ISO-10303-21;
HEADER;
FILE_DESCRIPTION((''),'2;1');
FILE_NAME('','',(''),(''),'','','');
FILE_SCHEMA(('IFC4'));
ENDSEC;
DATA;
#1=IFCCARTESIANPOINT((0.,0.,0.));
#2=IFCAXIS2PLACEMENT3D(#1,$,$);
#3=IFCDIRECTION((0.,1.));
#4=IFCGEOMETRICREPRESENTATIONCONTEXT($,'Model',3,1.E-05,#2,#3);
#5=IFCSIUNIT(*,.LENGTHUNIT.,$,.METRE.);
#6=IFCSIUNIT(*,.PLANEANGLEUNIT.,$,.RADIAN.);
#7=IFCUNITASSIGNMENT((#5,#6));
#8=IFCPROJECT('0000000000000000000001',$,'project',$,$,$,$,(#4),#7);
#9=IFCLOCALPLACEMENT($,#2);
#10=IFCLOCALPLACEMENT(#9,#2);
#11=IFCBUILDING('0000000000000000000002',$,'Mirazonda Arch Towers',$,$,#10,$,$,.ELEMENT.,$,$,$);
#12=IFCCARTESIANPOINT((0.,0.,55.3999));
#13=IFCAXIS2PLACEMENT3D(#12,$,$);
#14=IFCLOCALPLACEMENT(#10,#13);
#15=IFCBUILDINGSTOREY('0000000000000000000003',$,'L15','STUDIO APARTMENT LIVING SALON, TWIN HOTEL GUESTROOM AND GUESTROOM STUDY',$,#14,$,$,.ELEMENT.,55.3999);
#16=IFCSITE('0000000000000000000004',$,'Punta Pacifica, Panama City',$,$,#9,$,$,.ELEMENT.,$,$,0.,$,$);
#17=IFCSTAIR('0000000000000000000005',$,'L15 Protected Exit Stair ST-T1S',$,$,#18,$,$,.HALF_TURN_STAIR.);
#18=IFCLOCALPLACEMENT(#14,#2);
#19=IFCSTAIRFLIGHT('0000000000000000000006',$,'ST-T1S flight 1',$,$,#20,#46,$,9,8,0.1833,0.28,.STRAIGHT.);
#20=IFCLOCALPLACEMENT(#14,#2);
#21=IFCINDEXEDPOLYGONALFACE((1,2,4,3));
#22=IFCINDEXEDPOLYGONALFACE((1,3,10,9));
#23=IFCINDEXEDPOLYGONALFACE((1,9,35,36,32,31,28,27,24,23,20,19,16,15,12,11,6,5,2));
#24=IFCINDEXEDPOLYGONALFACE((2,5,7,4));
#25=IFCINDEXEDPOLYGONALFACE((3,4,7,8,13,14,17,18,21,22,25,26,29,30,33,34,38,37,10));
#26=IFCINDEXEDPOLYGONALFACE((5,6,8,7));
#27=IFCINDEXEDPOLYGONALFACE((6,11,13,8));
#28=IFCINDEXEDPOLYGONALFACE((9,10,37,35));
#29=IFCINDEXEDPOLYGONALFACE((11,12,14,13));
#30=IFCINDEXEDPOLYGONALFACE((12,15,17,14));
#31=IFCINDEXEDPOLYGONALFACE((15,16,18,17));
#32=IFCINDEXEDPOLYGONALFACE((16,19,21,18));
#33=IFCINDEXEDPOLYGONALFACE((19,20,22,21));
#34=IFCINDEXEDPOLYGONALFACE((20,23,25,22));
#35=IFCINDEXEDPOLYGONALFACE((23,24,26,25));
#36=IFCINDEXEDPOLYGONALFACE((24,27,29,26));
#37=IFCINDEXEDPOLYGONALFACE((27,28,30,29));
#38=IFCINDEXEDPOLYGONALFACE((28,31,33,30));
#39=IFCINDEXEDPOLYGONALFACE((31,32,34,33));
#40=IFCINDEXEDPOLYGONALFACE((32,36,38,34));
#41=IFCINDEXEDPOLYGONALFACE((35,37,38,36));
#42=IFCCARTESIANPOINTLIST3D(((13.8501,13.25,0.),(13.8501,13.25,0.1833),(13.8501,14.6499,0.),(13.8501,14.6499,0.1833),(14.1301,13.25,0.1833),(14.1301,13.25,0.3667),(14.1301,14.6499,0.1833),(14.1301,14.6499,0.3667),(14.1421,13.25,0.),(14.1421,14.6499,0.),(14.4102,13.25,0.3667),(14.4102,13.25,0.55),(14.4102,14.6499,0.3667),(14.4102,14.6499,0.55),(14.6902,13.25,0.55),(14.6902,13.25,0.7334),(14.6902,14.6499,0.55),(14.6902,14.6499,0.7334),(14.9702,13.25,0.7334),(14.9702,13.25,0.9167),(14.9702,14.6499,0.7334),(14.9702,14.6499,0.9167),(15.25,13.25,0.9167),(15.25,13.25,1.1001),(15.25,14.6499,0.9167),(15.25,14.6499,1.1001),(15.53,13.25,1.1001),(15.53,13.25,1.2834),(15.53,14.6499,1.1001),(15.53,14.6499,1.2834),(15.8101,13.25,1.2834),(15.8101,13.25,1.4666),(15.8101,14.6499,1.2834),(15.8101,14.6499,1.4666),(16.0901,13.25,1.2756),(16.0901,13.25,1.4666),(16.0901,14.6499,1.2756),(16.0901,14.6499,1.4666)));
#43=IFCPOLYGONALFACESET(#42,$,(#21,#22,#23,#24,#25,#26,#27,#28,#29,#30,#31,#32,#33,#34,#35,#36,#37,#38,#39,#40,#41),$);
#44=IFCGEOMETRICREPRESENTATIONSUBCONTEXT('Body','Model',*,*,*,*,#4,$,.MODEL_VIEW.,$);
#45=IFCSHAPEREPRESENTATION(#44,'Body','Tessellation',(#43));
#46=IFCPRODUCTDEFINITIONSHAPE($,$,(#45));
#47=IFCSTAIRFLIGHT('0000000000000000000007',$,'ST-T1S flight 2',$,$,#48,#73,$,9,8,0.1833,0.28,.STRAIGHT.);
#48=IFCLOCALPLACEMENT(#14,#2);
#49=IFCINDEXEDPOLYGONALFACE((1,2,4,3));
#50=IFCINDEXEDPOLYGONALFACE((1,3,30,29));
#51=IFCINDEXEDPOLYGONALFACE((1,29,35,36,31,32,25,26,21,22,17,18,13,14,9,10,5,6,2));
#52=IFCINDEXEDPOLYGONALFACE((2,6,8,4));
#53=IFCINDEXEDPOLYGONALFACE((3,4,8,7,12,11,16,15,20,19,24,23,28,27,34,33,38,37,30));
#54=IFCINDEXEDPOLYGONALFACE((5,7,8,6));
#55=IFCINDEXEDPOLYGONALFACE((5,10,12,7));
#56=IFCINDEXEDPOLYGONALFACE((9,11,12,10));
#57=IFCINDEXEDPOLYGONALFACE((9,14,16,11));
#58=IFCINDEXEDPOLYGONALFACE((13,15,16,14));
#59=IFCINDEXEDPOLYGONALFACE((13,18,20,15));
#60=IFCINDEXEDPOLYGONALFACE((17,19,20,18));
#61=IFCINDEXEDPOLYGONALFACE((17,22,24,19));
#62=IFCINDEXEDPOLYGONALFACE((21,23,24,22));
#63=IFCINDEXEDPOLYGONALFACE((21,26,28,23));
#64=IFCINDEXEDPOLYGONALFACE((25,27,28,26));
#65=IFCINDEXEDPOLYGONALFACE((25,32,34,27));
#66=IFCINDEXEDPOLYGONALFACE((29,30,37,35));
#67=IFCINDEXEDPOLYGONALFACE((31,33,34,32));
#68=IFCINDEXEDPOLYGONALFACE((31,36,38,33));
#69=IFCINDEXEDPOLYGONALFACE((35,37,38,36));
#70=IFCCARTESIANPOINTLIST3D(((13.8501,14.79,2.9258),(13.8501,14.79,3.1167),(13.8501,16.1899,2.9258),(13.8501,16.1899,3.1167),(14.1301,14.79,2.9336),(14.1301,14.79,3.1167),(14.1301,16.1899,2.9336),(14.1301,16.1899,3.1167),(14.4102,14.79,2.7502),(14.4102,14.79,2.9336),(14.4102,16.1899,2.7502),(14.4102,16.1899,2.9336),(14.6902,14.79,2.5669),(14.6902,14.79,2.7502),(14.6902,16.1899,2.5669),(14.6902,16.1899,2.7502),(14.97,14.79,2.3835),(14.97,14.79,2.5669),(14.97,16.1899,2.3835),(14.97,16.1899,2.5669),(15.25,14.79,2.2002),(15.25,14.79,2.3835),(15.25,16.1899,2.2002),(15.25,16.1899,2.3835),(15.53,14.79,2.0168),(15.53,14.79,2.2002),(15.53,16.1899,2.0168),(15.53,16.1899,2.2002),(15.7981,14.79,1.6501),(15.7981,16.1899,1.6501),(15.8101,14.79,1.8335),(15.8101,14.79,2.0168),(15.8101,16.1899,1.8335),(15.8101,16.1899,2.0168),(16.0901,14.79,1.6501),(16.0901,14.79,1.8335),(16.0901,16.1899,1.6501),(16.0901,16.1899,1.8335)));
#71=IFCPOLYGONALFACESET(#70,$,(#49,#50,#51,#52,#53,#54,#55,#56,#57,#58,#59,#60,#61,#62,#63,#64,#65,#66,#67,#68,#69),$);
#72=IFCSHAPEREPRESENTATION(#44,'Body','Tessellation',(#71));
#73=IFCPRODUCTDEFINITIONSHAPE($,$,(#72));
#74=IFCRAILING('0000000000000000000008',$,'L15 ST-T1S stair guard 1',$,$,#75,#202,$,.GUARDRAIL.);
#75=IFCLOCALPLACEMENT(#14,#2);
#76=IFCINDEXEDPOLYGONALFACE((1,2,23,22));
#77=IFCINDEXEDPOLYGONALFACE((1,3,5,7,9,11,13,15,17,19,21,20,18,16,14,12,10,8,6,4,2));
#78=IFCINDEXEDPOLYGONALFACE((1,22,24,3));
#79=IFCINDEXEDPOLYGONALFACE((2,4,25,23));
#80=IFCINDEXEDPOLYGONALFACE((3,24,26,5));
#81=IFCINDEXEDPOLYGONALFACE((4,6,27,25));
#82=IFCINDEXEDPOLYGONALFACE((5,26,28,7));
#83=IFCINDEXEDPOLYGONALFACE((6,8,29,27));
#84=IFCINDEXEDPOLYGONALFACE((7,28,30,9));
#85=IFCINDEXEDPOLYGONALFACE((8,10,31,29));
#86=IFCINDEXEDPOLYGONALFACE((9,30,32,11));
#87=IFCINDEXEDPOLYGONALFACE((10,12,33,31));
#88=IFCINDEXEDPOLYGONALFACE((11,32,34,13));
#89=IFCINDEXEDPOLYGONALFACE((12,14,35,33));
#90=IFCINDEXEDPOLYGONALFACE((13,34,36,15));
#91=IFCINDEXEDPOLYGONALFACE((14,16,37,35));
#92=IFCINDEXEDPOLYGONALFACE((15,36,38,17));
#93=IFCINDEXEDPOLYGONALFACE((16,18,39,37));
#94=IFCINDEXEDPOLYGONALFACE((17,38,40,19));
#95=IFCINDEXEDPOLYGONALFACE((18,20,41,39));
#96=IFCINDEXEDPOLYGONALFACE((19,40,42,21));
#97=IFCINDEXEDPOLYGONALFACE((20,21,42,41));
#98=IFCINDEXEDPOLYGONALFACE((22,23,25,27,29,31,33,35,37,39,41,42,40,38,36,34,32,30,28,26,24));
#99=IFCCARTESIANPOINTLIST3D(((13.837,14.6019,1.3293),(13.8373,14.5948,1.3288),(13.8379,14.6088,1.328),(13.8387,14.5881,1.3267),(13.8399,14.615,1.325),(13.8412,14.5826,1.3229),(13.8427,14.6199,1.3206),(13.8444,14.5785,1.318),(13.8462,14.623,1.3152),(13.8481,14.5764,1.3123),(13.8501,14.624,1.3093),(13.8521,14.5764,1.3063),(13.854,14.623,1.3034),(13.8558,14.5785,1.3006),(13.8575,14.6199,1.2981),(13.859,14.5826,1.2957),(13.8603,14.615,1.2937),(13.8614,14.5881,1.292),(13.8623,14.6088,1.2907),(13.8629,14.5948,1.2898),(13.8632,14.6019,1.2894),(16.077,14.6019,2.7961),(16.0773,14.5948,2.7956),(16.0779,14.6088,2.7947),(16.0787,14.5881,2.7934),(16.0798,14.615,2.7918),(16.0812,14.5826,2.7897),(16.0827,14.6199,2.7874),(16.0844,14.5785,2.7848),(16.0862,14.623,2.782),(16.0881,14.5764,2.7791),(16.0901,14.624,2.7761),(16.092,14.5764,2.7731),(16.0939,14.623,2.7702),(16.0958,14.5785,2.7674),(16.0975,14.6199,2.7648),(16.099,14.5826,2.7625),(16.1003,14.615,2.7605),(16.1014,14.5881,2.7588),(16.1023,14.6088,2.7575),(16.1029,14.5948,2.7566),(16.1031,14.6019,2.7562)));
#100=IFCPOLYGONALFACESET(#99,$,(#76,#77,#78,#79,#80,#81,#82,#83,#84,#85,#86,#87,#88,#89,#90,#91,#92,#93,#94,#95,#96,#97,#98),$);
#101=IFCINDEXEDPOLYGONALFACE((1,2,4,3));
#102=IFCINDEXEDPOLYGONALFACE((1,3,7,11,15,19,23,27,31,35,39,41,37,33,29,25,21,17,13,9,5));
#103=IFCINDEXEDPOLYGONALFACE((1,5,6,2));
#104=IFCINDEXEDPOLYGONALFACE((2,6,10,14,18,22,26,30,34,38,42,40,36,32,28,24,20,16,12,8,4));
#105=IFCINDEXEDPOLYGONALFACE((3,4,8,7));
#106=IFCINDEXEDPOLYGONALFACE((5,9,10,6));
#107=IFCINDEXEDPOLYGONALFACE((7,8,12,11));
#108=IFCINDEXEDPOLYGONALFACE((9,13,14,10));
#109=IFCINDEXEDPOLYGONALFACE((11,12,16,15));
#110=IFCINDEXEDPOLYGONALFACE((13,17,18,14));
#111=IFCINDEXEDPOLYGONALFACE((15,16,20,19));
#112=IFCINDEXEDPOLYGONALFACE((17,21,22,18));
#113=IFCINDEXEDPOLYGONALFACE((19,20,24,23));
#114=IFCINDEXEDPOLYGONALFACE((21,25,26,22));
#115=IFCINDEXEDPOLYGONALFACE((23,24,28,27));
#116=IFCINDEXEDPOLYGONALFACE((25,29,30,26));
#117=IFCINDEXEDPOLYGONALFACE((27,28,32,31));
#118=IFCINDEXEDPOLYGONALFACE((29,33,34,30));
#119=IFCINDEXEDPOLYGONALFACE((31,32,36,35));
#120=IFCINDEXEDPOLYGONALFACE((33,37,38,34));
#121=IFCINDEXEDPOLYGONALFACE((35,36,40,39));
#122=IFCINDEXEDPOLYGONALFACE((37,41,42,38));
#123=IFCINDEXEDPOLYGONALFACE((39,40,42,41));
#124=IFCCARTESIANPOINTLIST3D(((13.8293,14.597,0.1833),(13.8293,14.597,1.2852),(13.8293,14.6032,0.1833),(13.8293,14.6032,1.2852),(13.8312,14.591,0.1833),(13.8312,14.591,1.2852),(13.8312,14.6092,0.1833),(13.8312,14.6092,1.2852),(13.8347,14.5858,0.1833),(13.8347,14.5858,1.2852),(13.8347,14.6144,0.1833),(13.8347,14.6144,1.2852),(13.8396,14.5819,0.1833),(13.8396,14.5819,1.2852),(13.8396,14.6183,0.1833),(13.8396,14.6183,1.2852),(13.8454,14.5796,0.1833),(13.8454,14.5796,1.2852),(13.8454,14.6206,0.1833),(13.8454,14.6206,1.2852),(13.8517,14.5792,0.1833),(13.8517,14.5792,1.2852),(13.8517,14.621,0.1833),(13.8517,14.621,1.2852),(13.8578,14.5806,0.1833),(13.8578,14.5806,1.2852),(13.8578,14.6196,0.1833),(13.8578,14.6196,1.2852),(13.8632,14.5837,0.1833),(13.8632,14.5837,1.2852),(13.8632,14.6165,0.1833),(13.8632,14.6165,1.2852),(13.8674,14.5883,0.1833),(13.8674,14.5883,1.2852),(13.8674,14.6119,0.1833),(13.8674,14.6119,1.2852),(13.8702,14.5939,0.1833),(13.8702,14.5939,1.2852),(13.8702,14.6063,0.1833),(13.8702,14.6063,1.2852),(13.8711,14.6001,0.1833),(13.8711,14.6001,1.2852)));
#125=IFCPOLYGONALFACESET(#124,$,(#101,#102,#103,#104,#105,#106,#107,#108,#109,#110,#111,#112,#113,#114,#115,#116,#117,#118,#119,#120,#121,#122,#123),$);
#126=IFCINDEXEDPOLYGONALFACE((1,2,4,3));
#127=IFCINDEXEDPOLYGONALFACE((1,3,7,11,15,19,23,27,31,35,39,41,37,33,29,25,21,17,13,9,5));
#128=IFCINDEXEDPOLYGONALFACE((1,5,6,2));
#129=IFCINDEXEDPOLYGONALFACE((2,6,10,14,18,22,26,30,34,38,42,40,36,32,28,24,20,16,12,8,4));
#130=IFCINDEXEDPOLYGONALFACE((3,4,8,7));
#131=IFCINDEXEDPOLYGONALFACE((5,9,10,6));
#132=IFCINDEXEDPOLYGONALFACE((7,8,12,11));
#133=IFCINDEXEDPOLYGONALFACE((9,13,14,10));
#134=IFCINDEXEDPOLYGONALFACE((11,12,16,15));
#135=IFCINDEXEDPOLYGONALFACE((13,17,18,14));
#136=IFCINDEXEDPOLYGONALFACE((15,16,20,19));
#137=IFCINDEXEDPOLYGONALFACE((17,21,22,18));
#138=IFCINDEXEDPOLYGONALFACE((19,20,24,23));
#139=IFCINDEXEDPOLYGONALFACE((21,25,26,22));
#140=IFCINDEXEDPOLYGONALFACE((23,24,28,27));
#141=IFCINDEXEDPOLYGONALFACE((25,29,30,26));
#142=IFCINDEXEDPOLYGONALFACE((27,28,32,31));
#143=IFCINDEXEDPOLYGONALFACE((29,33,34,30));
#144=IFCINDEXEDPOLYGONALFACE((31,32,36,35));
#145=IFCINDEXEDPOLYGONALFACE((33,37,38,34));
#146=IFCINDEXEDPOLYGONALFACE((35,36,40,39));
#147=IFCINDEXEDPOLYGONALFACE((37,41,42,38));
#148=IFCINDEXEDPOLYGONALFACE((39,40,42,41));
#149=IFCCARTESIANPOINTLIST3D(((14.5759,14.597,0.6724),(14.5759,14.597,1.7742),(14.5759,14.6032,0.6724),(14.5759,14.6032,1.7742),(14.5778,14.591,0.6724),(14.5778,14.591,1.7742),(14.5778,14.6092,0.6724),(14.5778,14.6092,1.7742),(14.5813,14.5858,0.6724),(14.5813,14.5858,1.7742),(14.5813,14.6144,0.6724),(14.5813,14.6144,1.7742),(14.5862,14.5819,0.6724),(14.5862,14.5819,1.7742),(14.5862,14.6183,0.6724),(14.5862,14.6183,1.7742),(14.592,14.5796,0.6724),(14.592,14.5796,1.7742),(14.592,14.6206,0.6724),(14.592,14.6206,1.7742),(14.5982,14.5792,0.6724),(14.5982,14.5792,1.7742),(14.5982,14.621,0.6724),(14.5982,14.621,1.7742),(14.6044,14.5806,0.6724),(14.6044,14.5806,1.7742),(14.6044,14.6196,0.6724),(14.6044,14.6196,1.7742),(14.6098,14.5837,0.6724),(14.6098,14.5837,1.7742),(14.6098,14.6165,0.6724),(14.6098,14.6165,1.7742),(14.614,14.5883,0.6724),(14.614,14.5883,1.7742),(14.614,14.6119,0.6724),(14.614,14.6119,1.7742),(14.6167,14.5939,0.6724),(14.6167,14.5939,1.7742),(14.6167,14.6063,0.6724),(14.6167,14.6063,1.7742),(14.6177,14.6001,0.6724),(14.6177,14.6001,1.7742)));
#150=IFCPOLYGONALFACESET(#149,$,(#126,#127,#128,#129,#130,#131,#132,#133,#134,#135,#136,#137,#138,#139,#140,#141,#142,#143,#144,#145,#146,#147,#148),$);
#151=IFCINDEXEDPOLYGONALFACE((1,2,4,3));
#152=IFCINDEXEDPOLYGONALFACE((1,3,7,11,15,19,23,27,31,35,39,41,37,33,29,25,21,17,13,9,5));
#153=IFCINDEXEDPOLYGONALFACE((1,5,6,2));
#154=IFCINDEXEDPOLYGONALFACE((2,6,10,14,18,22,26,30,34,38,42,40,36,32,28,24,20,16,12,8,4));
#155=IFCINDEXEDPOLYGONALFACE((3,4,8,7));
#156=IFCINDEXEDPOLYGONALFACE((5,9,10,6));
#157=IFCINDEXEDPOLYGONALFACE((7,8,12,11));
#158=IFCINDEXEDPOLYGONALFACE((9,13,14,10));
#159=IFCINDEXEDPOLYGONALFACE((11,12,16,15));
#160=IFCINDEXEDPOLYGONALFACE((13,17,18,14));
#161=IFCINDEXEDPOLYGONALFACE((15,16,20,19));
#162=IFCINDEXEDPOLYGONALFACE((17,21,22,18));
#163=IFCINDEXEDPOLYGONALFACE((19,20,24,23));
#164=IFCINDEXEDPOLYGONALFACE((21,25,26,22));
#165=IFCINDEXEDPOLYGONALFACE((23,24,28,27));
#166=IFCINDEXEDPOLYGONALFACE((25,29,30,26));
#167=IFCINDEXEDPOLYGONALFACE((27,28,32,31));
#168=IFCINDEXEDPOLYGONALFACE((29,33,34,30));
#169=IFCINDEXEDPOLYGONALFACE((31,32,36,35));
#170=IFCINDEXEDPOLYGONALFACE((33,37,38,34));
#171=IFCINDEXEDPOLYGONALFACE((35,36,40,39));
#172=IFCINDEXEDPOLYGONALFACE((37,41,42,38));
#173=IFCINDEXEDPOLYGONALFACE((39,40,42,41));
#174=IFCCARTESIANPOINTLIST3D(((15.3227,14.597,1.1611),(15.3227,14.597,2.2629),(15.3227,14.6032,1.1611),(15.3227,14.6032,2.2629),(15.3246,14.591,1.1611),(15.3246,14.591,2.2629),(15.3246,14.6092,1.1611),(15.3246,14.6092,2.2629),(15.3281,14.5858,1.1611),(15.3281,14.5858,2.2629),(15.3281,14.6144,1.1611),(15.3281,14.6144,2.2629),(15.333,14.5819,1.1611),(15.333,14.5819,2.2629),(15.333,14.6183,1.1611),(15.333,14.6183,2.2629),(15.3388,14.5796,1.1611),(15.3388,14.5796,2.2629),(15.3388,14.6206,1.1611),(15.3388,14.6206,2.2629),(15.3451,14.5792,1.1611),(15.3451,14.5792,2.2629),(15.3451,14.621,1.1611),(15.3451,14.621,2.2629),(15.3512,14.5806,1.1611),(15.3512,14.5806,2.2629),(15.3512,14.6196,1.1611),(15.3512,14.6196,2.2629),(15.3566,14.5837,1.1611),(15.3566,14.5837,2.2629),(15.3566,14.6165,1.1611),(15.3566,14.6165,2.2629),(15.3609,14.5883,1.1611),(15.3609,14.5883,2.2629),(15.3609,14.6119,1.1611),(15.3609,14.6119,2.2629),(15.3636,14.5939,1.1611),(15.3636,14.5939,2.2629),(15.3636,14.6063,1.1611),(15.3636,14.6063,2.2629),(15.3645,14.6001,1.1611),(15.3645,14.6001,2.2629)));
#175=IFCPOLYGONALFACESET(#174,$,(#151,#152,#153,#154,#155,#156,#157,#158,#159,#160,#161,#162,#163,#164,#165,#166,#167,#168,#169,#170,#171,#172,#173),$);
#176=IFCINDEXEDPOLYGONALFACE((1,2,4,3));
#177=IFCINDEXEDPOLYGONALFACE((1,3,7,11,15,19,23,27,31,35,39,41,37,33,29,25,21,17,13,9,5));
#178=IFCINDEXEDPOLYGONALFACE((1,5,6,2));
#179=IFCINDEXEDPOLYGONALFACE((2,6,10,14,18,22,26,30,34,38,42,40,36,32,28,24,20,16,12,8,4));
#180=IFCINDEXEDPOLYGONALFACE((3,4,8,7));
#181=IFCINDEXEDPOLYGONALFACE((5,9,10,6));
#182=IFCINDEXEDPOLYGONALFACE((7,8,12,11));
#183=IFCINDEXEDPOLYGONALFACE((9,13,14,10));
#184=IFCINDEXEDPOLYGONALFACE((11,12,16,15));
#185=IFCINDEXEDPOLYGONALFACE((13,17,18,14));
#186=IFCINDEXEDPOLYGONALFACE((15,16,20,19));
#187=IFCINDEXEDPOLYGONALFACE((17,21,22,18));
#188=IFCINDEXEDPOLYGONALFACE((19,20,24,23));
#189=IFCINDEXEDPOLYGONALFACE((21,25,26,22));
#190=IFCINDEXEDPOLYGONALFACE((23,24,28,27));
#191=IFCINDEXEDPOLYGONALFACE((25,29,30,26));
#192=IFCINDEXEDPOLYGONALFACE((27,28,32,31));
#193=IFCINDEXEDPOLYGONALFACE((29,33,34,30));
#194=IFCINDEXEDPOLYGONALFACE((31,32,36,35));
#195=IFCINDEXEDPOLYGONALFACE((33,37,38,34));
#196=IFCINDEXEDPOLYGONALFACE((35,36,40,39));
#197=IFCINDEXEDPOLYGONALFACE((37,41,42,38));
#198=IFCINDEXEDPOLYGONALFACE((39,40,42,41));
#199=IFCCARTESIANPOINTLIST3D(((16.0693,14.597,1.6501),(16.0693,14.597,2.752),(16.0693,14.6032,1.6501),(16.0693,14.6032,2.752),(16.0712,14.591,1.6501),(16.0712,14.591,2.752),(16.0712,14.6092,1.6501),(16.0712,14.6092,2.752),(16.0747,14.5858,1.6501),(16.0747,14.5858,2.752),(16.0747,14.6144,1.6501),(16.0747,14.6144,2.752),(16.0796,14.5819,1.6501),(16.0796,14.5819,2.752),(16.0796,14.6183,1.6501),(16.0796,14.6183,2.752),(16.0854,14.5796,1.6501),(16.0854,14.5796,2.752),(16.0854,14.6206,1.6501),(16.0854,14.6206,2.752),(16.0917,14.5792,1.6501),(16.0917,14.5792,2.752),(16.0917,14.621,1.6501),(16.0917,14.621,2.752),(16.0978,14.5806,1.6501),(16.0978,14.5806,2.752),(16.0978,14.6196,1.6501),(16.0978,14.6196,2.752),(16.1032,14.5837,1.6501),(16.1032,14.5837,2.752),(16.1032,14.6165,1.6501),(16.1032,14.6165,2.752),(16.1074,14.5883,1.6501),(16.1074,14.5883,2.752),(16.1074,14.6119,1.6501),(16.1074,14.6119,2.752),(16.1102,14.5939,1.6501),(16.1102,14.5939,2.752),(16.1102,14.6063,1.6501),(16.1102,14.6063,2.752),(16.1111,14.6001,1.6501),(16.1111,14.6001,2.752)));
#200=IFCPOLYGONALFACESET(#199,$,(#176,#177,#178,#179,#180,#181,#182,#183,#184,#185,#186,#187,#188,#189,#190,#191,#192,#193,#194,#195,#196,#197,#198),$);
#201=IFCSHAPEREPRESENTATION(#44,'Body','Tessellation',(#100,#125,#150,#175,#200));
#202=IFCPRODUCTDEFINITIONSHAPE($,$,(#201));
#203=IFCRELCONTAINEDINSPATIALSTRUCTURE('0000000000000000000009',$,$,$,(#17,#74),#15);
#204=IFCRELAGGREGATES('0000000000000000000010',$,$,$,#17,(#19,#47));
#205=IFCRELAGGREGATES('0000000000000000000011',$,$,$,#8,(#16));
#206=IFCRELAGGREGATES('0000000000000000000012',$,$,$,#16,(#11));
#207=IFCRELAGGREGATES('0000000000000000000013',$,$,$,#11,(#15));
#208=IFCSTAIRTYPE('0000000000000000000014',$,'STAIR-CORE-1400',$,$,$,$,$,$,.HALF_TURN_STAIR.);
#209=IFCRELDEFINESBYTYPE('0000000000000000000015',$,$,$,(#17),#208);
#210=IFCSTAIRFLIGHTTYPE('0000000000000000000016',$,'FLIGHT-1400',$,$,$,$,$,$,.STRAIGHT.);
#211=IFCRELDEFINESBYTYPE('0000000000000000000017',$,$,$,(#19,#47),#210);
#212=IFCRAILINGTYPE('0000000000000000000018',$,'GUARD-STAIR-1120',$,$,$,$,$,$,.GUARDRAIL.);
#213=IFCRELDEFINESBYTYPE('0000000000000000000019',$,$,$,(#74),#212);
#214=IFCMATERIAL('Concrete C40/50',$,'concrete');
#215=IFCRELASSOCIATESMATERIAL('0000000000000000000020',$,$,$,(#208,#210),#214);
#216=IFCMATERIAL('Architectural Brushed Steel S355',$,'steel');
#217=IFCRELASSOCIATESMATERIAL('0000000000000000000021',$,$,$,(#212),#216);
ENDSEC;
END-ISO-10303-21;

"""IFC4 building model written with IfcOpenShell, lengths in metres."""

from ifc_helpers import new_model, si_unit, direction, frame, origin, origin_2d, place, context, subcontext, project, spatial, polyline, circle, outline, extrude, material, type_object, element, aggregate, save


model = new_model("IFC4")

# Units and contexts
model_context = context("Model", 3, precision=1e-05, world=origin(), true_north=direction((0.0, 1.0)))
body_context = subcontext(model_context, "Body", "Model", "MODEL_VIEW")
ifc_project = project(units=[si_unit("LENGTHUNIT", "METRE"), si_unit("PLANEANGLEUNIT", "RADIAN")], contexts=[model_context])

# Site, building, storey
site_placement = place(None, origin())
site = spatial("IfcSite", under=ifc_project, at=site_placement, Name="Punta Pacifica, Panama City", CompositionType="ELEMENT", RefElevation=0.0)
building_placement = place(site_placement, origin())
building = spatial("IfcBuilding", under=site, at=building_placement, Name="Mirazonda Arch Towers", CompositionType="ELEMENT")
storey_placement = place(building_placement, frame((0.0, 0.0, 55.3999)))
storey = spatial("IfcBuildingStorey", under=building, at=storey_placement, Name="L15", Description="STUDIO APARTMENT LIVING SALON, TWIN HOTEL GUESTROOM AND GUESTROOM STUDY", CompositionType="ELEMENT", Elevation=55.3999)

# Shared definitions
ifc_material_1 = material(Name="Concrete C40/50", Category="concrete")

# Stair, stair flights
stair_type = type_object("IfcStairType", Name="STAIR-CORE-1400", PredefinedType="HALF_TURN_STAIR", material=ifc_material_1)
stair_placement = place(storey_placement, origin())
stair = element("IfcStair", 1, at=stair_placement, inside=storey, type_object=stair_type, Name="L15 Protected Exit Stair ST-T1S", PredefinedType="HALF_TURN_STAIR")
stair_flight_type = type_object("IfcStairFlightType", Name="FLIGHT-1400", PredefinedType="STRAIGHT", material=ifc_material_1)
stair_flight_1_placement = place(storey_placement, frame((13.8501, 13.95, 0.0), z_axis=(0.0, 0.0, 1.0), x_axis=(1.0, 0.0, 0.0)))
stair_flight_1 = element("IfcStairFlight", 2, at=stair_flight_1_placement, type_object=stair_flight_type, Name="ST-T1S flight 1", NumberOfRisers=9, NumberOfTreads=8, PredefinedType="STRAIGHT", RiserHeight=0.1833, TreadLength=0.28, context=body_context, shape_type="SweptSolid", body=[
    extrude(outline(polyline([(0.0, 0.0), (0.0, 0.1833), (0.28, 0.1833), (0.28, 0.3667), (0.5601, 0.3667), (0.5601, 0.55), (0.8401, 0.55), (0.8401, 0.7334), (1.1201, 0.7334), (1.1201, 0.9167), (1.3999, 0.9167), (1.3999, 1.1001), (1.6799, 1.1001), (1.6799, 1.2834), (1.96, 1.2834), (1.96, 1.4666), (2.24, 1.4666), (2.24, 1.6499), (2.24, 1.2756), (0.292, 0.0), (0.0, 0.0)])), frame((0.0, 0.7, 0.0), z_axis=(0.0, -1.0, 0.0), x_axis=(1.0, 0.0, 0.0)), (0.0, 0.0, 1.0), 1.3999),
])
stair_flight_2_placement = place(storey_placement, frame((16.0901, 15.49, 1.6501), z_axis=(0.0, 0.0, 1.0), x_axis=(-1.0, 0.0, 0.0)))
stair_flight_2 = element("IfcStairFlight", 3, at=stair_flight_2_placement, type_object=stair_flight_type, Name="ST-T1S flight 2", NumberOfRisers=9, NumberOfTreads=8, PredefinedType="STRAIGHT", RiserHeight=0.1833, TreadLength=0.28, context=body_context, shape_type="SweptSolid", body=[
    extrude(outline(polyline([(0.0, 0.0), (0.0, 0.1833), (0.28, 0.1833), (0.28, 0.3667), (0.5601, 0.3667), (0.5601, 0.55), (0.8401, 0.55), (0.8401, 0.7334), (1.1201, 0.7334), (1.1201, 0.9167), (1.3999, 0.9167), (1.3999, 1.1001), (1.6799, 1.1001), (1.6799, 1.2834), (1.96, 1.2834), (1.96, 1.4666), (2.24, 1.4666), (2.24, 1.6499), (2.24, 1.2756), (0.292, 0.0), (0.0, 0.0)])), frame((0.0, 0.7, 0.0), z_axis=(0.0, -1.0, 0.0), x_axis=(1.0, 0.0, 0.0)), (0.0, 0.0, 1.0), 1.3999),
])
aggregate(stair, [stair_flight_1, stair_flight_2])

# Railing
ifc_material_2 = material(Name="Architectural Brushed Steel S355", Category="steel")
railing_type_1 = type_object("IfcRailingType", Name="GUARD-STAIR-1120", PredefinedType="GUARDRAIL", material=ifc_material_2)
railing_1_placement = place(storey_placement, frame((13.8501, 14.6001, 0.1833)))
element("IfcRailing", 4, at=railing_1_placement, inside=storey, type_object=railing_type_1, Name="L15 ST-T1S stair guard 1", PredefinedType="GUARDRAIL", context=body_context, shape_type="SweptSolid", body=[
    extrude(circle(Radius=0.0239, at=origin_2d()), frame((0.0, 0.0, 1.126), z_axis=(0.836595, 0.0, 0.547822), x_axis=(0.0, 1.0, 0.0)), (0.0, 0.0, 1.0), 2.6775),
    extrude(circle(Radius=0.021, at=origin_2d()), origin(), (0.0, 0.0, 1.0), 1.1018),
    extrude(circle(Radius=0.021, at=origin_2d()), frame((0.7466, 0.0, 0.489)), (0.0, 0.0, 1.0), 1.1018),
    extrude(circle(Radius=0.021, at=origin_2d()), frame((1.4934, 0.0, 0.9778)), (0.0, 0.0, 1.0), 1.1018),
    extrude(circle(Radius=0.021, at=origin_2d()), frame((2.24, 0.0, 1.4668)), (0.0, 0.0, 1.0), 1.1018),
])

save(model, "model.ifc")
